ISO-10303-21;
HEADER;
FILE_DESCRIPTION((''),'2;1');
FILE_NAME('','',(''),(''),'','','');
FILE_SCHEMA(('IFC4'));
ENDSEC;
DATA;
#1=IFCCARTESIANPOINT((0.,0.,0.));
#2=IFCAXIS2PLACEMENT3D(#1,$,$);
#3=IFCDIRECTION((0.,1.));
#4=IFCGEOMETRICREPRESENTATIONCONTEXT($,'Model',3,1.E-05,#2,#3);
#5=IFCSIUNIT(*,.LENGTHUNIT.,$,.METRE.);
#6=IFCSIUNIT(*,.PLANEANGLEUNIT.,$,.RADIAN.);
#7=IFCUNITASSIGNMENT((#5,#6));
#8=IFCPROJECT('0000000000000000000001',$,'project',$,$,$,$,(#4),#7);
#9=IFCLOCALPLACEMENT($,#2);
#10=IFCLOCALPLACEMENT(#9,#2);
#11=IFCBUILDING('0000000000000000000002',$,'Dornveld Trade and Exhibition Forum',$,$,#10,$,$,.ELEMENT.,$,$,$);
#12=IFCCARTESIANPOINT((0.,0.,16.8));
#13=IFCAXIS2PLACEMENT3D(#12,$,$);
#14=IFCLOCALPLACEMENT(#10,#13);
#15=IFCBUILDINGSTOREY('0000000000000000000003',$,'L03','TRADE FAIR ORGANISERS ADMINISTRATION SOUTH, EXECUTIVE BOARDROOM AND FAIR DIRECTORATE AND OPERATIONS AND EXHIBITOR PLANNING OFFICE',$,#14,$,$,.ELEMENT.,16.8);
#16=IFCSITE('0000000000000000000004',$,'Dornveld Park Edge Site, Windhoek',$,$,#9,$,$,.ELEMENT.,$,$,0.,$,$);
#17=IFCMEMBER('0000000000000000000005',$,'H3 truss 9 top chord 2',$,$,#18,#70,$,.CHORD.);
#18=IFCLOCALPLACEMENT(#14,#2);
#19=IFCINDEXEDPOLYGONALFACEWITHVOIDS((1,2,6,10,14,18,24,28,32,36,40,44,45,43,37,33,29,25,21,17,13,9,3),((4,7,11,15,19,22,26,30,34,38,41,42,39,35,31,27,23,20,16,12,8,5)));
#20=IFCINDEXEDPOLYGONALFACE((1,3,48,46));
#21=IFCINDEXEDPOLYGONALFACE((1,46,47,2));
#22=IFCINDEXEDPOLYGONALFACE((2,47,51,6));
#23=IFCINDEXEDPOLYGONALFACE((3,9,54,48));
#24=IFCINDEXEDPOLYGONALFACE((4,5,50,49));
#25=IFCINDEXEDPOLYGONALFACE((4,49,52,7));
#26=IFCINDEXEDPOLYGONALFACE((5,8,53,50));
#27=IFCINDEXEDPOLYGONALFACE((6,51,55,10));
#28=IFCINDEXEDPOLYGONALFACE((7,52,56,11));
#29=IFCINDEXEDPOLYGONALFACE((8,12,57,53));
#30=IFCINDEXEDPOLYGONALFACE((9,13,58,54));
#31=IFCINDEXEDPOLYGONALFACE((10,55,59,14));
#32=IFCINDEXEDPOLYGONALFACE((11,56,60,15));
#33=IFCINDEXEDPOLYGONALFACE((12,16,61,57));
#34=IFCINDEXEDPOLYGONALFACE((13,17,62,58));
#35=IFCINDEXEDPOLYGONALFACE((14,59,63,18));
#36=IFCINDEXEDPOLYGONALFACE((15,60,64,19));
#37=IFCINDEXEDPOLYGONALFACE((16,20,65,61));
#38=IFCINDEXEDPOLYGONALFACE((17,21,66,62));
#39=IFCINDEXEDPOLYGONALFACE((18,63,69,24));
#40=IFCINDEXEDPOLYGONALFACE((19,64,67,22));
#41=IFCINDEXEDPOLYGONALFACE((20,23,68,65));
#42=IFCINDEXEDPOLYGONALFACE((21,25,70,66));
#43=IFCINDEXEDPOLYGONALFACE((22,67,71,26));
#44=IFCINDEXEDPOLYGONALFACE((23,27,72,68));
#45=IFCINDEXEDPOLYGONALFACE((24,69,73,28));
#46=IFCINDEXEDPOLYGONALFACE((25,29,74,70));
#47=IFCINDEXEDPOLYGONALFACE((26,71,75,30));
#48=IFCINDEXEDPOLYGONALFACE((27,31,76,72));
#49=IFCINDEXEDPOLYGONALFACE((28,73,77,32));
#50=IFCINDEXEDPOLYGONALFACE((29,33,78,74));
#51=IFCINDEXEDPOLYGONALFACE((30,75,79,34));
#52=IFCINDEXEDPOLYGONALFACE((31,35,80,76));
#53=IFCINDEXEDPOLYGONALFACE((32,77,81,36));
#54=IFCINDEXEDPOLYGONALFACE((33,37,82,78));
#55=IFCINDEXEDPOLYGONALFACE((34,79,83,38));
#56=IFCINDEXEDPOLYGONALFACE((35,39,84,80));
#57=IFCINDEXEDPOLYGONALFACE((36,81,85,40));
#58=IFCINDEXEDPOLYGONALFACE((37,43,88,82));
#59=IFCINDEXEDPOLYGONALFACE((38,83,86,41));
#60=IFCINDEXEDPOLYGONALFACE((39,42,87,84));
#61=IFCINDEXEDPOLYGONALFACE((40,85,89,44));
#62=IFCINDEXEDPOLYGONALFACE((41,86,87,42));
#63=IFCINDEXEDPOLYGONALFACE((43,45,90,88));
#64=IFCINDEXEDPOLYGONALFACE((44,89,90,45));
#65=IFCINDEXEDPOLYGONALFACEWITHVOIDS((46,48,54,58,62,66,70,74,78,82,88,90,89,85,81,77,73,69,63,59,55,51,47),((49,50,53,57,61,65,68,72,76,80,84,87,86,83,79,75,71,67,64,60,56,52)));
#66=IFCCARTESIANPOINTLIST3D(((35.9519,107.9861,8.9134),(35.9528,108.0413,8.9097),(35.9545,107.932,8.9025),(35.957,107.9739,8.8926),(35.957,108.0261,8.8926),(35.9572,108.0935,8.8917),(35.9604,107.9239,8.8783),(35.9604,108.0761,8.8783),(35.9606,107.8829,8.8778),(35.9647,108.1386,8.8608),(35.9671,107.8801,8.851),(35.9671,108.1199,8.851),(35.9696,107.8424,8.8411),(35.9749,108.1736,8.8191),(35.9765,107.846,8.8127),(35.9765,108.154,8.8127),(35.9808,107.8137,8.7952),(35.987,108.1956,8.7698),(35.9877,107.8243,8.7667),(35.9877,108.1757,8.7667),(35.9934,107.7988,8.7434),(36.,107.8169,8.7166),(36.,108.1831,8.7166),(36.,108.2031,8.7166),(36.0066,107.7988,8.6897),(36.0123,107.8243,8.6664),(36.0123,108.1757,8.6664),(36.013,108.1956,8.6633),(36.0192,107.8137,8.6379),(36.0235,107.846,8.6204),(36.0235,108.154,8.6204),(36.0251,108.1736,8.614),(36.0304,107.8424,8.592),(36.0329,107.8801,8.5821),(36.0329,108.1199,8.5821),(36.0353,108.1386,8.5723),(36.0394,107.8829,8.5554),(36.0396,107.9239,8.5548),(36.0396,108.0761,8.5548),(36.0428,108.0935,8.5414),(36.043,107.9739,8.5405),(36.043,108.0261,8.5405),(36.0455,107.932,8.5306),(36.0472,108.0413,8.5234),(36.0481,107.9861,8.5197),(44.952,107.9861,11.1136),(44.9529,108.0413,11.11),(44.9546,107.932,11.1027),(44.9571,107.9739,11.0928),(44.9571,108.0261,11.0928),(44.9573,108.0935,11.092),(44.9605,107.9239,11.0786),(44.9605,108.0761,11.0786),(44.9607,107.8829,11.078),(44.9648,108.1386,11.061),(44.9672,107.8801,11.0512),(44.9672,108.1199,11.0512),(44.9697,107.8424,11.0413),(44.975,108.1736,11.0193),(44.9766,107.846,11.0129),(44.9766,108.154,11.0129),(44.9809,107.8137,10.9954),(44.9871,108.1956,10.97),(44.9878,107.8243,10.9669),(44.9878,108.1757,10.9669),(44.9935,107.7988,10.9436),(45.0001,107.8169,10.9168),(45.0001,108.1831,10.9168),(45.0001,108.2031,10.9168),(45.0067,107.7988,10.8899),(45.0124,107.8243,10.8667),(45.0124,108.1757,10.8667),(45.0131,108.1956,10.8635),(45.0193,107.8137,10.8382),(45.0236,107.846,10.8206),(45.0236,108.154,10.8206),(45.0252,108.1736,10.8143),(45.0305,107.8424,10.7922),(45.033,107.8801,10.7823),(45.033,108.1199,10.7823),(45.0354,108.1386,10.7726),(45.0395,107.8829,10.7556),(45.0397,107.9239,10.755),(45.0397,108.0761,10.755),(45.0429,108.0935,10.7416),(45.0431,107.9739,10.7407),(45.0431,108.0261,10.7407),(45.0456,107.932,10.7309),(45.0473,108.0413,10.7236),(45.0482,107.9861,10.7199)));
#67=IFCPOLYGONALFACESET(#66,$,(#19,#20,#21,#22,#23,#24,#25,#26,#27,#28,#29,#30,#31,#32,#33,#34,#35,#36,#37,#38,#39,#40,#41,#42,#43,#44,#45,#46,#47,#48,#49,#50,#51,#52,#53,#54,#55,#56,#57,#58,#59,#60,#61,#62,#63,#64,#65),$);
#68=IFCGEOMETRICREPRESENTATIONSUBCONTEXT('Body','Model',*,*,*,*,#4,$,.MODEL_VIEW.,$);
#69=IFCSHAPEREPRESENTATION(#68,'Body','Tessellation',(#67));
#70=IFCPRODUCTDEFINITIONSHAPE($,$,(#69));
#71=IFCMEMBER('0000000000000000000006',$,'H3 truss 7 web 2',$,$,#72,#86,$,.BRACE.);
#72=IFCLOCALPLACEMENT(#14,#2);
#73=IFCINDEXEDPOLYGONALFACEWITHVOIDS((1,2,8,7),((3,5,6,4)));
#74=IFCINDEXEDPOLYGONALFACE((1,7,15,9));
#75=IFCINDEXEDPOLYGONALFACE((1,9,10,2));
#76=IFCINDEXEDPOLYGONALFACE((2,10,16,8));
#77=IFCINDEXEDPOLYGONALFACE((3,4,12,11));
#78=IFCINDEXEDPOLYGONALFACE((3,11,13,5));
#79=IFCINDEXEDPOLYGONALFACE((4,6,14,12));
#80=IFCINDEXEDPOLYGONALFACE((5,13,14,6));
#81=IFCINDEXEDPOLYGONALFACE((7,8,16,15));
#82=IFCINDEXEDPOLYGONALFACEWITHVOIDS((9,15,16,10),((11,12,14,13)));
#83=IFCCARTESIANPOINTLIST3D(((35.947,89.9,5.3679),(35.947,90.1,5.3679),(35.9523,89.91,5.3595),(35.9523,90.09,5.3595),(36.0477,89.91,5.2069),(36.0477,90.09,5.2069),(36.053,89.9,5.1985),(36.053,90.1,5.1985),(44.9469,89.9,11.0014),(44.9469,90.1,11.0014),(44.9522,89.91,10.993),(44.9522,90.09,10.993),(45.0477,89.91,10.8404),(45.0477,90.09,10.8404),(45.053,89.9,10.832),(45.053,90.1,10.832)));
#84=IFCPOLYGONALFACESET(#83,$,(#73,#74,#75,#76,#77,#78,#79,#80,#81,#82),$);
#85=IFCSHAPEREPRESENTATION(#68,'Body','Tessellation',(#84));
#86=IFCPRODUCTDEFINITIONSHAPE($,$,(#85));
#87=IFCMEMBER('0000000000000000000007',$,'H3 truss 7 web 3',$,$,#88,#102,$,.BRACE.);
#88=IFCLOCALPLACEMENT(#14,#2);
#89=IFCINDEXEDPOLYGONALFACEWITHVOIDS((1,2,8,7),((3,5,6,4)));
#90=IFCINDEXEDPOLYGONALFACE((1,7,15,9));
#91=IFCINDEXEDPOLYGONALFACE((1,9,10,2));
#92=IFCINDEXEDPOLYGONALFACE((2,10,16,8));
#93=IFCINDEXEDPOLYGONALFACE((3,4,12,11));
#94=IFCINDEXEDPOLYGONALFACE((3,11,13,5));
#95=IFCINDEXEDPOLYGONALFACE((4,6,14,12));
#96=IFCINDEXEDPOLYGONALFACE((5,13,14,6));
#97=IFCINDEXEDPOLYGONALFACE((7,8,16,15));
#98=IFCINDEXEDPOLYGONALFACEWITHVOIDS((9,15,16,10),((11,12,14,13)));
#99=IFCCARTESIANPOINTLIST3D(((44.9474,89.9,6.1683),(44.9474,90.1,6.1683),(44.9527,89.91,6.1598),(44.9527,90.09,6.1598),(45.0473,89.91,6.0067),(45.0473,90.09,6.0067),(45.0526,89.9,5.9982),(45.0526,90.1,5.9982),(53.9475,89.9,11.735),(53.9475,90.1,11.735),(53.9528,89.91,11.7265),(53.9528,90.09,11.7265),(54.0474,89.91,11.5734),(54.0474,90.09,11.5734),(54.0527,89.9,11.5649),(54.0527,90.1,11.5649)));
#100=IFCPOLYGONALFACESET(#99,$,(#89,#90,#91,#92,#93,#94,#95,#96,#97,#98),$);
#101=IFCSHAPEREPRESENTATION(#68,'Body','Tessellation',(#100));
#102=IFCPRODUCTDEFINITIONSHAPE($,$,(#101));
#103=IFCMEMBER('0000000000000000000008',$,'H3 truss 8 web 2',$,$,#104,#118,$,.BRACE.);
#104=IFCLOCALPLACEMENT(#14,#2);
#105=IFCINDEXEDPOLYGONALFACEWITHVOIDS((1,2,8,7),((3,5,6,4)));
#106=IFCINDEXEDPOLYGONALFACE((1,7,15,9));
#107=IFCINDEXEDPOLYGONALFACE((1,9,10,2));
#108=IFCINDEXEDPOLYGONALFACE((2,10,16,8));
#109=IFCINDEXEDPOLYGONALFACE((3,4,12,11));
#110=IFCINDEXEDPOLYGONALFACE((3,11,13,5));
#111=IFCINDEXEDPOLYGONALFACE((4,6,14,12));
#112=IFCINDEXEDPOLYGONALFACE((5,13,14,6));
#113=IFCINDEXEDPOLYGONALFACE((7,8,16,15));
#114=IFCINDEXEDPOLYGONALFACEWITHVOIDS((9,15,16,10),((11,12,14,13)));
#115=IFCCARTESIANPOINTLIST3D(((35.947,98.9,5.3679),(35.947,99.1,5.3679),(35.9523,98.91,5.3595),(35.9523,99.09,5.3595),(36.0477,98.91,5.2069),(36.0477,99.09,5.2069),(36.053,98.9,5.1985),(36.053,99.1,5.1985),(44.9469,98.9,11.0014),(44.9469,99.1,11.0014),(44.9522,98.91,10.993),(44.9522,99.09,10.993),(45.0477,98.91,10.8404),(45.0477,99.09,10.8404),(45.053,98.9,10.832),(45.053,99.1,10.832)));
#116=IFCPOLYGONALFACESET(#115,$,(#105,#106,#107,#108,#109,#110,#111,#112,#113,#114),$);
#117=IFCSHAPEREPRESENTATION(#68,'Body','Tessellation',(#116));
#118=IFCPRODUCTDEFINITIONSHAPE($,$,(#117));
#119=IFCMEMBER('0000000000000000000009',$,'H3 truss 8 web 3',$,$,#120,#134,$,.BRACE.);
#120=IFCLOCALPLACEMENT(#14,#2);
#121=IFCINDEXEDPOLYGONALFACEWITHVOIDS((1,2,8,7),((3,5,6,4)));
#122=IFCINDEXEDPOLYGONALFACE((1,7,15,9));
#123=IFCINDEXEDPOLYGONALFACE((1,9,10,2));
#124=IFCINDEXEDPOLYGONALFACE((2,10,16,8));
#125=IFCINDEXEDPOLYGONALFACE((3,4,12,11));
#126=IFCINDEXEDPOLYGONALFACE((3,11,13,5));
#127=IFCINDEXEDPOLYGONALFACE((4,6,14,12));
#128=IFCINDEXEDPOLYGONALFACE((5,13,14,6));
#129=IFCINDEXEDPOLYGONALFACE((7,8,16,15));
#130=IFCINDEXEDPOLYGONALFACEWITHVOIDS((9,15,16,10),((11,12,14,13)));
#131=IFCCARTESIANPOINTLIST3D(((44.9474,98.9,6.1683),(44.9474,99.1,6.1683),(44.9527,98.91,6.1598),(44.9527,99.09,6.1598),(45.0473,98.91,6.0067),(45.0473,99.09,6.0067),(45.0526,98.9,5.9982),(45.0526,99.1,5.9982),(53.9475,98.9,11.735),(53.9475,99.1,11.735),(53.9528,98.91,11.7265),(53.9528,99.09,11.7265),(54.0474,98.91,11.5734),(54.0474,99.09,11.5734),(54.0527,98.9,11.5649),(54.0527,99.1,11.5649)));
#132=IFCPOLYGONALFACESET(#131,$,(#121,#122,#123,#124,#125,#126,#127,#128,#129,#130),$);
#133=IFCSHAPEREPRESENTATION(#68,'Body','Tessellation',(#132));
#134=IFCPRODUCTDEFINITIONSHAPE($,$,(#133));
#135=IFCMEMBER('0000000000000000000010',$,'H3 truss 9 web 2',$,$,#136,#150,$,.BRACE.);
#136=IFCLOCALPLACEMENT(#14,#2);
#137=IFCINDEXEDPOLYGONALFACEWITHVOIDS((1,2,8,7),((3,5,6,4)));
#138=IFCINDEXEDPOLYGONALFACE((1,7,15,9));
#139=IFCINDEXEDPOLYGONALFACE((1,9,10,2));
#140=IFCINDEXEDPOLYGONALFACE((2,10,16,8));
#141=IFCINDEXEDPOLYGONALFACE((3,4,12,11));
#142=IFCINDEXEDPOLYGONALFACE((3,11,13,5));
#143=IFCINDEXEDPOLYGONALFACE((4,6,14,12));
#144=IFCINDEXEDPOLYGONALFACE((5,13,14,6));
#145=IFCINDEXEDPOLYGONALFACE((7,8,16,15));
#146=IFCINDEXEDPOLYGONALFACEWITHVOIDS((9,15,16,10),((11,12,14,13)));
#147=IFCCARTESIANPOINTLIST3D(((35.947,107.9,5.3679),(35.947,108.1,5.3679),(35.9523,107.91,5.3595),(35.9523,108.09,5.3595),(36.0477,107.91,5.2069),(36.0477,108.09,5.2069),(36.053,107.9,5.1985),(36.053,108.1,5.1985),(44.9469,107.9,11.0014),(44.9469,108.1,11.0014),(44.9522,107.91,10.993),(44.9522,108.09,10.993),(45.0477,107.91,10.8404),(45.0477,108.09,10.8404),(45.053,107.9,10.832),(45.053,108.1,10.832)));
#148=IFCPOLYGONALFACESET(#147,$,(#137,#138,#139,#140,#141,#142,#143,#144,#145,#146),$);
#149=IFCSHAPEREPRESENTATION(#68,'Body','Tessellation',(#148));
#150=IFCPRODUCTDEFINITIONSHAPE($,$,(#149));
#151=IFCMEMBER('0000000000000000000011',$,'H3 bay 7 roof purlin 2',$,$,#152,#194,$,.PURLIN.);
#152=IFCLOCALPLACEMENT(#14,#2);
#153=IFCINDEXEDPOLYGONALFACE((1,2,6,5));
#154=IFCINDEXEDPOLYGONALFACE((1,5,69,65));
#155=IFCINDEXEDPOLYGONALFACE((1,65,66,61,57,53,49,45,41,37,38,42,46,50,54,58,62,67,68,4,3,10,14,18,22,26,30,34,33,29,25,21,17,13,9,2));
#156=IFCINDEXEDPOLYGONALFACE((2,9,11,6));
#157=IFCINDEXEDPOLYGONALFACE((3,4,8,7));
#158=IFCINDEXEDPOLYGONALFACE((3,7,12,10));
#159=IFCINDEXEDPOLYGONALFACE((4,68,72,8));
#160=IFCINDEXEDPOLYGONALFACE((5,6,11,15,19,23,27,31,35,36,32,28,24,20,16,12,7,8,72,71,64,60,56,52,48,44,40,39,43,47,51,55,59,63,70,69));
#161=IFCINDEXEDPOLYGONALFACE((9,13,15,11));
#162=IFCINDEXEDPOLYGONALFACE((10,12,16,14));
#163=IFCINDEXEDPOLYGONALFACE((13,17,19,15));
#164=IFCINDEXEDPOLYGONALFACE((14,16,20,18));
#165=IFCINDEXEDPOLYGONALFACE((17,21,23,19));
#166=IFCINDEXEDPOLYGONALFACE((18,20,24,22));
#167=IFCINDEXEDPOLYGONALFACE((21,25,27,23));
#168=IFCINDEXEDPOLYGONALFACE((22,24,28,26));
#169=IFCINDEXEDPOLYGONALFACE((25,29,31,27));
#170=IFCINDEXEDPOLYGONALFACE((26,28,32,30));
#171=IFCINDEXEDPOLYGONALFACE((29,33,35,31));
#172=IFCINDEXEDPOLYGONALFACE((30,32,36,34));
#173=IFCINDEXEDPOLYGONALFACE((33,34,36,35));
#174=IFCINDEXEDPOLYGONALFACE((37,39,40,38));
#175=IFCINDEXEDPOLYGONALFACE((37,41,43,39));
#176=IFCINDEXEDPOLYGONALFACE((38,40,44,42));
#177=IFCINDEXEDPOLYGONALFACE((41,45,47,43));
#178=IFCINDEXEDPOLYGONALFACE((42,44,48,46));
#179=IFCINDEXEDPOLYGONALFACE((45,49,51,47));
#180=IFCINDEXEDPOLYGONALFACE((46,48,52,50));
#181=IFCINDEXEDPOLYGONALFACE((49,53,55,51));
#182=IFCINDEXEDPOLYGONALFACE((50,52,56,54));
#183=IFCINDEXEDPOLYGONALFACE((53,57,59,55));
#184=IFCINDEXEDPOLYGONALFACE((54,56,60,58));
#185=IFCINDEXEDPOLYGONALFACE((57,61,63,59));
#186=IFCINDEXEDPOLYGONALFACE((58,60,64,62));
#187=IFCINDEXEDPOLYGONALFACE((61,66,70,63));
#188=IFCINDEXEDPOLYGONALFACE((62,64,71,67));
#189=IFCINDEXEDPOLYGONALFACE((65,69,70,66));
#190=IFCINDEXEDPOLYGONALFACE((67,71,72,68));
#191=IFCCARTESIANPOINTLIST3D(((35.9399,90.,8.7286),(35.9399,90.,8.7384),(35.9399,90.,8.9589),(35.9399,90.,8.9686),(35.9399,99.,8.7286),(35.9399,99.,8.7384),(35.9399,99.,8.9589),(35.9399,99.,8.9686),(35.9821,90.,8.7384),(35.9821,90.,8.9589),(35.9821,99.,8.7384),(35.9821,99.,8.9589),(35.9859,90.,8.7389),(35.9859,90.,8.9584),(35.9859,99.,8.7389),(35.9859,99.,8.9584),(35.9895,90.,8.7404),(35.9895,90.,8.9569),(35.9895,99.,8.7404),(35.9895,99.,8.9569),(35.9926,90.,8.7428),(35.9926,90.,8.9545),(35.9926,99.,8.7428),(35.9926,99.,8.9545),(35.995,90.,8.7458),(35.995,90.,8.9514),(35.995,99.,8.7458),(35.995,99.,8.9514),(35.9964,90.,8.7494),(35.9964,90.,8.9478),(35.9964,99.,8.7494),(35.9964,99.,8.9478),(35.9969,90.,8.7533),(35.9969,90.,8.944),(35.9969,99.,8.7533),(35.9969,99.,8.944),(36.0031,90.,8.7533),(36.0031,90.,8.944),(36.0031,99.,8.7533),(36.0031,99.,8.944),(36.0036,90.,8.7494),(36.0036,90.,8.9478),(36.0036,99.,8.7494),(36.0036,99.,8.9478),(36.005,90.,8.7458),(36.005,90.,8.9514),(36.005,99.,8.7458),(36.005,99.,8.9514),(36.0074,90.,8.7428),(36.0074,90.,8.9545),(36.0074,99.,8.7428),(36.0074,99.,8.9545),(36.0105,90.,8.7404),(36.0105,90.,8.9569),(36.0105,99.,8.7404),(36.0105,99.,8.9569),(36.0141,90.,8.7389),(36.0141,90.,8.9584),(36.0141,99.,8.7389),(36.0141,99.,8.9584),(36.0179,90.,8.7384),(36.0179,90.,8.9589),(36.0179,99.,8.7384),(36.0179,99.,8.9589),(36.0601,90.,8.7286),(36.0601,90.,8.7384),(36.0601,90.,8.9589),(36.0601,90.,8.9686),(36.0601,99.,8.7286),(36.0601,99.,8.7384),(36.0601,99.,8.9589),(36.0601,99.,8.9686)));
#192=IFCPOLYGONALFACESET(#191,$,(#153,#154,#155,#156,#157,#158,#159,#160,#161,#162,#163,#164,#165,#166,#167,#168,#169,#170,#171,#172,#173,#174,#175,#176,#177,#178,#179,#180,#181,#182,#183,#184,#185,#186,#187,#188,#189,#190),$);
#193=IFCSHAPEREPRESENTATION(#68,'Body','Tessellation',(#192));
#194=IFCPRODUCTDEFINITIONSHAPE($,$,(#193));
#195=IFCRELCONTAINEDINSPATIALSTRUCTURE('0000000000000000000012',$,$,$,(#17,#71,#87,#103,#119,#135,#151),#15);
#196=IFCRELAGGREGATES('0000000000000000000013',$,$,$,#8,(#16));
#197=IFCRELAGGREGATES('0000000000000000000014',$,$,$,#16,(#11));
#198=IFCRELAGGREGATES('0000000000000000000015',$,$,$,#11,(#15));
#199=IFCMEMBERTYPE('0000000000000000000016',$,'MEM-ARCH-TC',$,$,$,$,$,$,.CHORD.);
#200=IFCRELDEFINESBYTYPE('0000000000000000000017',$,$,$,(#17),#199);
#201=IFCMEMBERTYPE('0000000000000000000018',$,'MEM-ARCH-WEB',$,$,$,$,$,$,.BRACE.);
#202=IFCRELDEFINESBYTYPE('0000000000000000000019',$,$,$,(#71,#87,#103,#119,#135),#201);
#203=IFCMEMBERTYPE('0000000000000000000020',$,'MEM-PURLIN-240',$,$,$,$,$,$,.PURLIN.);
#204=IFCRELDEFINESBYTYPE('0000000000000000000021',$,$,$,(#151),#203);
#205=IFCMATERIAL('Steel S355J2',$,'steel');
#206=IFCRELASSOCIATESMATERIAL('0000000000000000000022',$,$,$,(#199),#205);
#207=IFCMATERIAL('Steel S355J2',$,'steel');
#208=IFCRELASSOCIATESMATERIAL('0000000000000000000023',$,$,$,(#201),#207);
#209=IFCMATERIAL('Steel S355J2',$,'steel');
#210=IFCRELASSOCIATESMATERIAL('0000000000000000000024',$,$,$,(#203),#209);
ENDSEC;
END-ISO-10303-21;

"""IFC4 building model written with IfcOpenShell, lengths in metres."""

from ifc_helpers import new_model, si_unit, direction, frame, origin, origin_2d, place, context, subcontext, project, spatial, hollow_rectangle, hollow_circle, i_section, extrude, material, material_profile, profile_set, type_object, element, save


model = new_model("IFC4")

# Units and contexts
model_context = context("Model", 3, precision=1e-05, world=origin(), true_north=direction((0.0, 1.0)))
body_context = subcontext(model_context, "Body", "Model", "MODEL_VIEW")
ifc_project = project(units=[si_unit("LENGTHUNIT", "METRE"), si_unit("PLANEANGLEUNIT", "RADIAN")], contexts=[model_context])

# Site, building, storey
site_placement = place(None, origin())
site = spatial("IfcSite", under=ifc_project, at=site_placement, Name="Dornveld Park Edge Site, Windhoek", CompositionType="ELEMENT", RefElevation=0.0)
building_placement = place(site_placement, origin())
building = spatial("IfcBuilding", under=site, at=building_placement, Name="Dornveld Trade and Exhibition Forum", CompositionType="ELEMENT")
storey_placement = place(building_placement, frame((0.0, 0.0, 16.8)))
storey = spatial("IfcBuildingStorey", under=building, at=storey_placement, Name="L03", Description="TRADE FAIR ORGANISERS ADMINISTRATION SOUTH, EXECUTIVE BOARDROOM AND FAIR DIRECTORATE AND OPERATIONS AND EXHIBITOR PLANNING OFFICE", CompositionType="ELEMENT", Elevation=16.8)

# Members
ifc_material_1 = material(Name="Steel S355J2", Category="steel")
ifc_material_profile_1 = material_profile(ifc_material_1, hollow_circle(Radius=0.2031, WallThickness=0.02, at=origin_2d()), Name="CHS 406.4x20")
ifc_profile_set_1 = profile_set([ifc_material_profile_1], Name="Steel S355J2")
member_type_1 = type_object("IfcMemberType", Name="MEM-ARCH-TC", PredefinedType="CHORD", material=ifc_profile_set_1)
member_1_placement = place(storey_placement, frame((36.0, 108.0, 8.7166), z_axis=(0.971394, 0.0, 0.237473), x_axis=(0.0, 1.0, 0.0)))
element("IfcMember", 1, at=member_1_placement, inside=storey, type_object=member_type_1, Name="H3 truss 9 top chord 2", PredefinedType="CHORD", context=body_context, shape_type="SweptSolid", body=[
    extrude(hollow_circle(Radius=0.2031, WallThickness=0.02, at=origin_2d()), origin(), (0.0, 0.0, 1.0), 9.2651),
])
ifc_material_2 = material(Name="Steel S355J2", Category="steel")
ifc_material_profile_2 = material_profile(ifc_material_2, hollow_rectangle(XDim=0.2, YDim=0.2, WallThickness=0.01, at=origin_2d()), Name="SHS 200x200x10")
ifc_profile_set_2 = profile_set([ifc_material_profile_2], Name="Steel S355J2")
member_type_2 = type_object("IfcMemberType", Name="MEM-ARCH-WEB", PredefinedType="BRACE", material=ifc_profile_set_2)
member_2_placement = place(storey_placement, frame((36.0, 90.0, 5.2832), z_axis=(0.847636, 0.0, 0.530578), x_axis=(0.0, 1.0, 0.0)))
element("IfcMember", 2, at=member_2_placement, inside=storey, type_object=member_type_2, Name="H3 truss 7 web 2", PredefinedType="BRACE", context=body_context, shape_type="SweptSolid", body=[
    extrude(hollow_rectangle(XDim=0.2, YDim=0.2, WallThickness=0.01, at=origin_2d()), origin(), (0.0, 0.0, 1.0), 10.6177),
])
member_3_placement = place(storey_placement, frame((45.0, 90.0, 6.0833), z_axis=(0.850467, 0.0, 0.526028), x_axis=(0.0, 1.0, 0.0)))
element("IfcMember", 3, at=member_3_placement, inside=storey, type_object=member_type_2, Name="H3 truss 7 web 3", PredefinedType="BRACE", context=body_context, shape_type="SweptSolid", body=[
    extrude(hollow_rectangle(XDim=0.2, YDim=0.2, WallThickness=0.01, at=origin_2d()), origin(), (0.0, 0.0, 1.0), 10.5825),
])
member_4_placement = place(storey_placement, frame((36.0, 99.0, 5.2832), z_axis=(0.847636, 0.0, 0.530578), x_axis=(0.0, 1.0, 0.0)))
element("IfcMember", 4, at=member_4_placement, inside=storey, type_object=member_type_2, Name="H3 truss 8 web 2", PredefinedType="BRACE", context=body_context, shape_type="SweptSolid", body=[
    extrude(hollow_rectangle(XDim=0.2, YDim=0.2, WallThickness=0.01, at=origin_2d()), origin(), (0.0, 0.0, 1.0), 10.6177),
])
member_5_placement = place(storey_placement, frame((45.0, 99.0, 6.0833), z_axis=(0.850467, 0.0, 0.526028), x_axis=(0.0, 1.0, 0.0)))
element("IfcMember", 5, at=member_5_placement, inside=storey, type_object=member_type_2, Name="H3 truss 8 web 3", PredefinedType="BRACE", context=body_context, shape_type="SweptSolid", body=[
    extrude(hollow_rectangle(XDim=0.2, YDim=0.2, WallThickness=0.01, at=origin_2d()), origin(), (0.0, 0.0, 1.0), 10.5825),
])
member_6_placement = place(storey_placement, frame((36.0, 108.0, 5.2832), z_axis=(0.847636, 0.0, 0.530578), x_axis=(0.0, 1.0, 0.0)))
element("IfcMember", 6, at=member_6_placement, inside=storey, type_object=member_type_2, Name="H3 truss 9 web 2", PredefinedType="BRACE", context=body_context, shape_type="SweptSolid", body=[
    extrude(hollow_rectangle(XDim=0.2, YDim=0.2, WallThickness=0.01, at=origin_2d()), origin(), (0.0, 0.0, 1.0), 10.6177),
])
ifc_material_3 = material(Name="Steel S355J2", Category="steel")
ifc_material_profile_3 = material_profile(ifc_material_3, i_section(OverallWidth=0.1201, OverallDepth=0.24, WebThickness=0.0061, FlangeThickness=0.0098, FilletRadius=0.0149, at=origin_2d()), Name="IPE 240")
ifc_profile_set_3 = profile_set([ifc_material_profile_3], Name="Steel S355J2")
member_type_3 = type_object("IfcMemberType", Name="MEM-PURLIN-240", PredefinedType="PURLIN", material=ifc_profile_set_3)
for number, where, z_axis, x_axis, name in (
    (7, (36.0, 90.0, 8.8486), (0.0, 1.0, 0.0), (-1.0, 0.0, 0.0), "H3 bay 7 roof purlin 2"),
):
    element("IfcMember", number, at=place(storey_placement, frame(where, z_axis=z_axis, x_axis=x_axis)), inside=storey, type_object=member_type_3, Name=name, PredefinedType="PURLIN", context=body_context, shape_type="SweptSolid", body=[
        extrude(i_section(OverallWidth=0.1201, OverallDepth=0.24, WebThickness=0.0061, FlangeThickness=0.0098, FilletRadius=0.0149, at=origin_2d()), origin(), (0.0, 0.0, 1.0), 9.0),
    ])

save(model, "model.ifc")
